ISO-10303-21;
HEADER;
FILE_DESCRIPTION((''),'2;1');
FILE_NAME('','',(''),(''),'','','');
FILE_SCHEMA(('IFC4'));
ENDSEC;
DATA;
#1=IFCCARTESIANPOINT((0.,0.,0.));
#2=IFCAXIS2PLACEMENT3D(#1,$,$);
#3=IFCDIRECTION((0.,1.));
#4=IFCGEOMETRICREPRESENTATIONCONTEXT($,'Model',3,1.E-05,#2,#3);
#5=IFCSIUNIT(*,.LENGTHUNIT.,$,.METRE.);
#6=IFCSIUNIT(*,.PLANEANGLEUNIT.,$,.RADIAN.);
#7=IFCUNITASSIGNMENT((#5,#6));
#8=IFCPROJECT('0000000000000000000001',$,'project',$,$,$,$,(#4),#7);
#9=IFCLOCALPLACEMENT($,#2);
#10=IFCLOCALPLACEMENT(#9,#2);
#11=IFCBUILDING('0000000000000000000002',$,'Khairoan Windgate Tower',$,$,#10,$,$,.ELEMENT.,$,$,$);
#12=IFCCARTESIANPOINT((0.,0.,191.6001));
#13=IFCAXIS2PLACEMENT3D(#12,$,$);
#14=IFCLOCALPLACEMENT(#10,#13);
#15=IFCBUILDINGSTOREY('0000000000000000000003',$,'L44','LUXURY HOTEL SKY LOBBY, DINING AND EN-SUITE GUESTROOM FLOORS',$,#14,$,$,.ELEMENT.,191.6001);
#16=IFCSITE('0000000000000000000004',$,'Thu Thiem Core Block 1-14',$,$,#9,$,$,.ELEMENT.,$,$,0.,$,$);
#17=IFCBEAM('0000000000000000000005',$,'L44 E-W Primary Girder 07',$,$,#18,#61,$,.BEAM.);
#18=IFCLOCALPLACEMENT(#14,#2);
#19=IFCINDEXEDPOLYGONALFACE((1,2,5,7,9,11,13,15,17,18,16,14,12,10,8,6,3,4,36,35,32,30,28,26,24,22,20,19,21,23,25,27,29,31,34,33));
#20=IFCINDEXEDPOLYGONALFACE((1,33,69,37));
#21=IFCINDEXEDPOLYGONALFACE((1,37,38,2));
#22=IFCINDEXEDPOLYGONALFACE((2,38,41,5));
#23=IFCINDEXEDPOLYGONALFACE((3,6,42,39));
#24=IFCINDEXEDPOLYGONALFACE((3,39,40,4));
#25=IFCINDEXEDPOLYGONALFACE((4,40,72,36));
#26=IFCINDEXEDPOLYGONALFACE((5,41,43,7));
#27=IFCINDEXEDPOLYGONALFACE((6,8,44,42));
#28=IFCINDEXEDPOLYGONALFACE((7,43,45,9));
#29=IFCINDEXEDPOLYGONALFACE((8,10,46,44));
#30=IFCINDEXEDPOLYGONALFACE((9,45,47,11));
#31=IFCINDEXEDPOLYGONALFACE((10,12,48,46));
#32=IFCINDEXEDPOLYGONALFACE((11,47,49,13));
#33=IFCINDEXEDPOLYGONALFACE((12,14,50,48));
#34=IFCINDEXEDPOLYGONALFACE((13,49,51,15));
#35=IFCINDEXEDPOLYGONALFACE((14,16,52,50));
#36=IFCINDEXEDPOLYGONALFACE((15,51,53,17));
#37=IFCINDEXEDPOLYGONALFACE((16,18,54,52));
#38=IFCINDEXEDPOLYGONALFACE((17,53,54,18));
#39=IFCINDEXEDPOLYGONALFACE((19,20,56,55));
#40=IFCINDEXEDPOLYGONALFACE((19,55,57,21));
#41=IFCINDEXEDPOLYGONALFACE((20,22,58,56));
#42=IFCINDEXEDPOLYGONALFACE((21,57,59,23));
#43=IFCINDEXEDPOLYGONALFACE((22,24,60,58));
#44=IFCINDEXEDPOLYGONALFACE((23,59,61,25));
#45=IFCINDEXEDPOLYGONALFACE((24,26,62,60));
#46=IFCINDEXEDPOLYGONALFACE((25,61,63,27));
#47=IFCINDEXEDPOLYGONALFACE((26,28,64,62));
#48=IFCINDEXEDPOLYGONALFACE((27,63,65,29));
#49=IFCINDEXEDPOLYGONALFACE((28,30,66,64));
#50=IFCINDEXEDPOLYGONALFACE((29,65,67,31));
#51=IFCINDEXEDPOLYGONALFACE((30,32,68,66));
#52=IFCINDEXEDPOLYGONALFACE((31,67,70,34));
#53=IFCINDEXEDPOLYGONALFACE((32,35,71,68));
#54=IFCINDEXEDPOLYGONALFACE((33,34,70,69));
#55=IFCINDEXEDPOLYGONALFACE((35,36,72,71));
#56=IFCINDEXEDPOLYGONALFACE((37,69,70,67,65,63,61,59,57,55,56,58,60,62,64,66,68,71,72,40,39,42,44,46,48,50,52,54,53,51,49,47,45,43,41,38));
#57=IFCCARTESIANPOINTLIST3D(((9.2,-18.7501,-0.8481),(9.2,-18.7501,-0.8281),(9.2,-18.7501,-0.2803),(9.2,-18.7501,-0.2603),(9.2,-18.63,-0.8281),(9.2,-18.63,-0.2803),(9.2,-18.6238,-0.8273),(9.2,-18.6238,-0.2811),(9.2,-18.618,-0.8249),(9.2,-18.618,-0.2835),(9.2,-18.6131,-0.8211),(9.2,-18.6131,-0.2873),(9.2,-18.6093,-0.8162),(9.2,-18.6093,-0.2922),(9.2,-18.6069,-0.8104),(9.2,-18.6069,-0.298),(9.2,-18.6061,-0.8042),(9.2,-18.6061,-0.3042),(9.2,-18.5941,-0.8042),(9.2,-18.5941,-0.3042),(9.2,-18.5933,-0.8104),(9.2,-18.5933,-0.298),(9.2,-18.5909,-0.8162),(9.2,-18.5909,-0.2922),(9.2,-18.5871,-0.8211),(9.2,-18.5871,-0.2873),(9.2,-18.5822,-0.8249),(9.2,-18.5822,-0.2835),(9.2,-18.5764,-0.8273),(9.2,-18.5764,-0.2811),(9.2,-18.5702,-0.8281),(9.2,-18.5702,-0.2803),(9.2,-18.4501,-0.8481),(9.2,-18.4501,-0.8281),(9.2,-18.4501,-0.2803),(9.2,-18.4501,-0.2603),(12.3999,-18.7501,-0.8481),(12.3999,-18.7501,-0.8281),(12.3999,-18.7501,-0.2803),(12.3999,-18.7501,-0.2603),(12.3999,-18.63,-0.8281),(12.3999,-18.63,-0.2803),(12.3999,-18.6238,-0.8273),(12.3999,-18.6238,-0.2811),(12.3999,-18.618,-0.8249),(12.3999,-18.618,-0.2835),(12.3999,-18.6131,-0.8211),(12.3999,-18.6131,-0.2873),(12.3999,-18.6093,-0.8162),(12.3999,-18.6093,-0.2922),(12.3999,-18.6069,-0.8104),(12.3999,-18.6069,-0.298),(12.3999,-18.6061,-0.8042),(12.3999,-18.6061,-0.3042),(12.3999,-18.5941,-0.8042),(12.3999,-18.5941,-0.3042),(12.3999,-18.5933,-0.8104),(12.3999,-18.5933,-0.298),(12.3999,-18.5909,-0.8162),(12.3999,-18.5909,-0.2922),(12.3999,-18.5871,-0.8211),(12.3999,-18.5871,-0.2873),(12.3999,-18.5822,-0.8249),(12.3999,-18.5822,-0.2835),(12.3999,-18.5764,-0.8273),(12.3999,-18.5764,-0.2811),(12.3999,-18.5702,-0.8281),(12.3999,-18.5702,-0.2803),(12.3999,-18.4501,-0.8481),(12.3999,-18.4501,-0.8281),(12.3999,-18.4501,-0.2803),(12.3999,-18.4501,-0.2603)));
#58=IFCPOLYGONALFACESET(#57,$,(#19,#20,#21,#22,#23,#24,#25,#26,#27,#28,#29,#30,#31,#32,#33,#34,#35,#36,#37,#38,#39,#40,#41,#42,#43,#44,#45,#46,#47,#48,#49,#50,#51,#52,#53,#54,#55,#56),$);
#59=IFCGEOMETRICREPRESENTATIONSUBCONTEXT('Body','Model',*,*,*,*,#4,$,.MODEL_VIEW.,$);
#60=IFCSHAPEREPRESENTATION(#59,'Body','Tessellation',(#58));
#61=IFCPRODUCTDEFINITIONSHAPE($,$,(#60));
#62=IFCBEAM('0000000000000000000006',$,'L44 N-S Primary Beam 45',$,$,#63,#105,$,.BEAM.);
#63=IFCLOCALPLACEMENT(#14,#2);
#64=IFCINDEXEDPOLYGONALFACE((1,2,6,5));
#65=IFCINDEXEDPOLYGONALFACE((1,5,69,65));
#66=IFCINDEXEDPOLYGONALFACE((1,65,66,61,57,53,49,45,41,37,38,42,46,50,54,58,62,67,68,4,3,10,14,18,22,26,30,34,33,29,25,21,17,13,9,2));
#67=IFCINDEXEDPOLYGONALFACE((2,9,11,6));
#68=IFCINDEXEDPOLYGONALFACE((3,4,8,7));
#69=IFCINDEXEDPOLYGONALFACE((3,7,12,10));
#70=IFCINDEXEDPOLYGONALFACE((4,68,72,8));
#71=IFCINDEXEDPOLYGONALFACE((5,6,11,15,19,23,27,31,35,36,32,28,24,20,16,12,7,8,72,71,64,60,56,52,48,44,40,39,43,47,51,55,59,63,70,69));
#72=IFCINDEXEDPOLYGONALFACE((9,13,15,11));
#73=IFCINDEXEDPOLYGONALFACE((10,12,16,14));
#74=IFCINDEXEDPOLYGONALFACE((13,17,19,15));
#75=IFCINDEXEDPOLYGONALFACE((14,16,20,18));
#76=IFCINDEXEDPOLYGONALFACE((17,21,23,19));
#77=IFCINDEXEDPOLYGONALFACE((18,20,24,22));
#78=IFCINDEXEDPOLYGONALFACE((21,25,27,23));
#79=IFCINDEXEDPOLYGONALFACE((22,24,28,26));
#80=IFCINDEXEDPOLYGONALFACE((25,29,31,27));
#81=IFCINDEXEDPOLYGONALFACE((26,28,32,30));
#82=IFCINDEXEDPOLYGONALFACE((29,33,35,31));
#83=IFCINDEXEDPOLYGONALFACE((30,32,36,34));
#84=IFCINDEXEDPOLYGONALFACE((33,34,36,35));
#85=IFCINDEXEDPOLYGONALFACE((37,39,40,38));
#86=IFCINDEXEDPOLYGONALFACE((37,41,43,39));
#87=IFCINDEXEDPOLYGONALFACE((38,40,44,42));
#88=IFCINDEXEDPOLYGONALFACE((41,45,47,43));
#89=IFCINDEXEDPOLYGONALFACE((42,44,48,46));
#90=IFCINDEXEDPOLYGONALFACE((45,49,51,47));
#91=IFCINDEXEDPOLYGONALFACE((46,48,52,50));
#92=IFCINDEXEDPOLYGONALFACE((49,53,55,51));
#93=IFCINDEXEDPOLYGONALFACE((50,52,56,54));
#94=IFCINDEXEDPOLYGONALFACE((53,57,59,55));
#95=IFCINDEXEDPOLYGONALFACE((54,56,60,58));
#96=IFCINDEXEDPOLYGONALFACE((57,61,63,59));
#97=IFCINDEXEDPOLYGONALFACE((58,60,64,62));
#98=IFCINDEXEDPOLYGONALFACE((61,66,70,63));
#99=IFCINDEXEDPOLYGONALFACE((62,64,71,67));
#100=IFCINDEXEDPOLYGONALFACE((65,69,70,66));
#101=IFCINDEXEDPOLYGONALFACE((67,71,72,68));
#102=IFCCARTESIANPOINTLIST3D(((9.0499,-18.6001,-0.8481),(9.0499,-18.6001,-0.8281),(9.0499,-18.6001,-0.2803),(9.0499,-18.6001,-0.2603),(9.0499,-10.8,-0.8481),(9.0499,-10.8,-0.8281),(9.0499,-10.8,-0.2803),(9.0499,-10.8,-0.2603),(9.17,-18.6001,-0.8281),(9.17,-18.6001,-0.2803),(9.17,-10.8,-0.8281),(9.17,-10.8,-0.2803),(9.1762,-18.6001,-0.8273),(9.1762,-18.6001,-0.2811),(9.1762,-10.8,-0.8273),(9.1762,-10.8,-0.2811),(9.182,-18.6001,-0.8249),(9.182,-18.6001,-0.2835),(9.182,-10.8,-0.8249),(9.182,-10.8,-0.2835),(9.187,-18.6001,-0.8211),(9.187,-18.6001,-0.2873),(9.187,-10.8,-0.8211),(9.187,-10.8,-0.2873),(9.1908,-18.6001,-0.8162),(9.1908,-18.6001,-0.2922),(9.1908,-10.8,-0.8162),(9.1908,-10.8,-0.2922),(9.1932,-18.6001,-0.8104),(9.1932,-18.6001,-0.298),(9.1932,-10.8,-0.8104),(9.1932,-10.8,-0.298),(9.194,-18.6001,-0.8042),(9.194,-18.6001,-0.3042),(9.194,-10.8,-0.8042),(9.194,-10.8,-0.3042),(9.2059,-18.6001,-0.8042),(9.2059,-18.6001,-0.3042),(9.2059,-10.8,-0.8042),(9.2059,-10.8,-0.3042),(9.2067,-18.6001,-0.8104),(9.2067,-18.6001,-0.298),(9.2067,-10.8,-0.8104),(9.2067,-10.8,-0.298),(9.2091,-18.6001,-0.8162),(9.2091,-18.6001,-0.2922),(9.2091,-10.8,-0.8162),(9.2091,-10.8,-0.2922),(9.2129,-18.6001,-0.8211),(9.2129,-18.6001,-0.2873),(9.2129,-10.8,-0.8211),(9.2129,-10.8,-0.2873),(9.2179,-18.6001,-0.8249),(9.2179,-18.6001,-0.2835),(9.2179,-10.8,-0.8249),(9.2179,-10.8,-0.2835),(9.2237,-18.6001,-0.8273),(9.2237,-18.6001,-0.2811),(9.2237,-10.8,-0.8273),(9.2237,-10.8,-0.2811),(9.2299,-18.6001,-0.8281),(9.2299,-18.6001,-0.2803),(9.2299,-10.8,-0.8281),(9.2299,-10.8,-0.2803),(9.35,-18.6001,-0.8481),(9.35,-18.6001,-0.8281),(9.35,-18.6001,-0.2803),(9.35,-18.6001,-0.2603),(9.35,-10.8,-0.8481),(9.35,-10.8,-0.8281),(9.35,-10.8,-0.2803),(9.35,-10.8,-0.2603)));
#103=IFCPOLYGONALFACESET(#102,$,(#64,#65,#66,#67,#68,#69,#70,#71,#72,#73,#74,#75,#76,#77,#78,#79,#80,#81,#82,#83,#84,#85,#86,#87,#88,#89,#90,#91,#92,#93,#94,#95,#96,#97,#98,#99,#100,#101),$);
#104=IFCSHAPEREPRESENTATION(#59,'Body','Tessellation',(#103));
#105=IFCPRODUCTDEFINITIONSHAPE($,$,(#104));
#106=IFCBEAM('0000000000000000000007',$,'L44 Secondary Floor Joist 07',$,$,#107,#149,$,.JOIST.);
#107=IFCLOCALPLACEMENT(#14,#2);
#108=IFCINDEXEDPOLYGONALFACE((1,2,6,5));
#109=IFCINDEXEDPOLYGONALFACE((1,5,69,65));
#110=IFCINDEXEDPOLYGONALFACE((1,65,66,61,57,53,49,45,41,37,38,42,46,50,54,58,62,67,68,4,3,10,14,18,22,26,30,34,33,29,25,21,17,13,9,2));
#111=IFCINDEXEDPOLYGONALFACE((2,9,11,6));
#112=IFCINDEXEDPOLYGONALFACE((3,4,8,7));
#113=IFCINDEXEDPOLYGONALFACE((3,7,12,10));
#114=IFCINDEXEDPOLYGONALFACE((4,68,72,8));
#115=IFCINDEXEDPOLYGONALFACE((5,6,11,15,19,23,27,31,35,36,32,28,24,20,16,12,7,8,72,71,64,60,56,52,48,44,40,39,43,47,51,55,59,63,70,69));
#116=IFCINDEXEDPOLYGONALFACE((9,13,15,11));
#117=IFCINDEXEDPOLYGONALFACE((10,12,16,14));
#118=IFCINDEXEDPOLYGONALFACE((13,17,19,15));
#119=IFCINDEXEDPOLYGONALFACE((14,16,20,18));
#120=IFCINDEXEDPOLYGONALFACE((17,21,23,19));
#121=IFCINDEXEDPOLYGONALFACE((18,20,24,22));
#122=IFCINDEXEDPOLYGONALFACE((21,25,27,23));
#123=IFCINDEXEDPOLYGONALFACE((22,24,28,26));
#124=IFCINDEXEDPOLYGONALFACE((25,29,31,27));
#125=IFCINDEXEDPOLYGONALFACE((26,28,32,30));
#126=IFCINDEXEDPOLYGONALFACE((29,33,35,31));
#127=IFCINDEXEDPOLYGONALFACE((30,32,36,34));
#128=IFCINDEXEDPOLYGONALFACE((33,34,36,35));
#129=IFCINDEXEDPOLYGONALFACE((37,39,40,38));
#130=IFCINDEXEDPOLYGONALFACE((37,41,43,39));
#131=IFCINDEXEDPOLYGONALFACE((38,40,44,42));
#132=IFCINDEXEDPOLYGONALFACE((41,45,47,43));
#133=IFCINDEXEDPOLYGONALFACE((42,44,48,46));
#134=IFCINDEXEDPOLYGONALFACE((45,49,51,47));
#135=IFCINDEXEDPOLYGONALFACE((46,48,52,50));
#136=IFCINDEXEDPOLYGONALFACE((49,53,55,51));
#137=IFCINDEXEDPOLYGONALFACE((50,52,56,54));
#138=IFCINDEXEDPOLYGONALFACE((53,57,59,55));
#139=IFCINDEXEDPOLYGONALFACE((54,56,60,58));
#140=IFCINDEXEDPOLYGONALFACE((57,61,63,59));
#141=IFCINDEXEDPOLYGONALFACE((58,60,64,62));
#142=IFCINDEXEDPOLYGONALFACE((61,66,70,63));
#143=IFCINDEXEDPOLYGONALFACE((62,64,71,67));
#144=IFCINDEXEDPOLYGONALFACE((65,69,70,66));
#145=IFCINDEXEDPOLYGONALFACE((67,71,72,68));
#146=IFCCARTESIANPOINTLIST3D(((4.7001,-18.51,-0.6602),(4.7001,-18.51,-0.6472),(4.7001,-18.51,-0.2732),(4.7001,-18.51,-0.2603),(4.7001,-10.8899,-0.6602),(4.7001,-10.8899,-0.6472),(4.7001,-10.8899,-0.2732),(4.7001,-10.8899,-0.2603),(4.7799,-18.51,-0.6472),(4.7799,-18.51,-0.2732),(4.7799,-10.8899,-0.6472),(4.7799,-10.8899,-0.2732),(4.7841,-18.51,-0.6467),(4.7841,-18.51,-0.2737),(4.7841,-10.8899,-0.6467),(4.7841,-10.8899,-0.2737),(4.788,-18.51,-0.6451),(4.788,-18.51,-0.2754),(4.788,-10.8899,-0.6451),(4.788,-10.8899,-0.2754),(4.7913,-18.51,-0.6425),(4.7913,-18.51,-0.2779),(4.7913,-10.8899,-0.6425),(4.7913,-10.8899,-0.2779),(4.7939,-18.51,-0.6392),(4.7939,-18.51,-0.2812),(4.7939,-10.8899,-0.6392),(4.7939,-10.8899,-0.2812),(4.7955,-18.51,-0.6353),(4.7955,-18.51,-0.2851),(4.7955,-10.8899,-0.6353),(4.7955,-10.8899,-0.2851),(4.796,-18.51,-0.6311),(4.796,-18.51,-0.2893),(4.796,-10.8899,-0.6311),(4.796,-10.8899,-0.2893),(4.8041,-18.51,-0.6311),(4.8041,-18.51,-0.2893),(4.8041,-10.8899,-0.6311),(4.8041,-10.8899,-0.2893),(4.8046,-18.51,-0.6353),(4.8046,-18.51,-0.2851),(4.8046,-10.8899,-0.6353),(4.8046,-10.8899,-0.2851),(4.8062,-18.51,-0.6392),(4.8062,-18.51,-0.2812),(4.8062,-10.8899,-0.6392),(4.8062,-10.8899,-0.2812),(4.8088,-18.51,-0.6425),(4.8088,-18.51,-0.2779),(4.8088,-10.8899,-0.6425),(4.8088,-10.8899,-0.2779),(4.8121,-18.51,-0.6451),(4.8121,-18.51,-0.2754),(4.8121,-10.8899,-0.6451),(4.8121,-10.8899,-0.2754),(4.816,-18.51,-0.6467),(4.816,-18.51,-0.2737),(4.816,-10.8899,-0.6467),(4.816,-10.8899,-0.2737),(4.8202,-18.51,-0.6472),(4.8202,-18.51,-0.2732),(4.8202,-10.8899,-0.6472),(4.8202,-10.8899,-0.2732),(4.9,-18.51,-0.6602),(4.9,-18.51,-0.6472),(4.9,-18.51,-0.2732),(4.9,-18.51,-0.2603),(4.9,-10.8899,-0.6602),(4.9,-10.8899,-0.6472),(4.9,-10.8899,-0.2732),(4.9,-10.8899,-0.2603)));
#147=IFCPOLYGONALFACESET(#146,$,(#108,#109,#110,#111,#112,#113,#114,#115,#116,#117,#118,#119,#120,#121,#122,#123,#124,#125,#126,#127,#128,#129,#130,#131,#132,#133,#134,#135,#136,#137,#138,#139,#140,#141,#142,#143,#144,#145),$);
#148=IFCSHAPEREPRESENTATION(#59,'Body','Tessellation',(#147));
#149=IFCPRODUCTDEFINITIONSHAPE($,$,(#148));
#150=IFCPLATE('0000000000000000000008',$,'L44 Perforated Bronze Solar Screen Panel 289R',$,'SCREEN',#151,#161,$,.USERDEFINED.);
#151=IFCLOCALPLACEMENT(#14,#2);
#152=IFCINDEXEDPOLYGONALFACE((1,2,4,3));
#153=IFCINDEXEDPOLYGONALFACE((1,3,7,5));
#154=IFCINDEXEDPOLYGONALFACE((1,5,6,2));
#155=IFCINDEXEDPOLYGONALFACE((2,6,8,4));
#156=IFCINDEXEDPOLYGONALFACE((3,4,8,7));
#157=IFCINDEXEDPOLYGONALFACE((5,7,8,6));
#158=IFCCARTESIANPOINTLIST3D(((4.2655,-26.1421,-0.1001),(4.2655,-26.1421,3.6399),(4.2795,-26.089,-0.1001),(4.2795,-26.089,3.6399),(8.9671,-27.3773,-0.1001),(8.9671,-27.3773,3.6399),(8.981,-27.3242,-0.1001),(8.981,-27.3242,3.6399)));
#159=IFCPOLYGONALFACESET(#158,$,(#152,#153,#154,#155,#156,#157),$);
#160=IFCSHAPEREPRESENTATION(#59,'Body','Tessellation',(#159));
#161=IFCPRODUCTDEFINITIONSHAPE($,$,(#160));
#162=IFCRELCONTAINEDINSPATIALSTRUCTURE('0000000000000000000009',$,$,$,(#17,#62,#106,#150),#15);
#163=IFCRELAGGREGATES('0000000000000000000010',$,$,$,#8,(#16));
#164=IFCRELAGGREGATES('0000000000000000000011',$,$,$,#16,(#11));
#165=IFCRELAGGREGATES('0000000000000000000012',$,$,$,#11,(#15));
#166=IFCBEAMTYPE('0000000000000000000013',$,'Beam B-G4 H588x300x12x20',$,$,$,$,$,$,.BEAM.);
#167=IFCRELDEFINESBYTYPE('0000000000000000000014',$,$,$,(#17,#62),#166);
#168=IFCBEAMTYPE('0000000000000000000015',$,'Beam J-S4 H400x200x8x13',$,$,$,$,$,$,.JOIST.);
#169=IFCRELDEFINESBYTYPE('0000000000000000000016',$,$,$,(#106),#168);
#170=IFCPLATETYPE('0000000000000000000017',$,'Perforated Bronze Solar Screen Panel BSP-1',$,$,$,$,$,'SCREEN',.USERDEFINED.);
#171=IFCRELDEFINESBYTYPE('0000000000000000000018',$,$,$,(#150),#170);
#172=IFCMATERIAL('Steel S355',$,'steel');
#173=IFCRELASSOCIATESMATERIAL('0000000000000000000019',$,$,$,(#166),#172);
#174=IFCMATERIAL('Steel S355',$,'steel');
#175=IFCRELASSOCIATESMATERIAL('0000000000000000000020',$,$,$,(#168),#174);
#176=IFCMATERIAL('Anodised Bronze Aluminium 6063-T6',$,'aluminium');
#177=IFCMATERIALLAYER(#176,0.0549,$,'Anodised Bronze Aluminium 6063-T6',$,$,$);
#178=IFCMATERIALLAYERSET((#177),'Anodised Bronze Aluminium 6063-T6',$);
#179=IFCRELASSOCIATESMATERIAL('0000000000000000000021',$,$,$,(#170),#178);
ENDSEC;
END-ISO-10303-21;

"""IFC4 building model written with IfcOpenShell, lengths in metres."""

from ifc_helpers import new_model, si_unit, direction, frame, origin, origin_2d, place, context, subcontext, project, spatial, rectangle, i_section, extrude, material, layer, layer_set, material_profile, profile_set, type_object, element, save


model = new_model("IFC4")

# Units and contexts
model_context = context("Model", 3, precision=1e-05, world=origin(), true_north=direction((0.0, 1.0)))
body_context = subcontext(model_context, "Body", "Model", "MODEL_VIEW")
ifc_project = project(units=[si_unit("LENGTHUNIT", "METRE"), si_unit("PLANEANGLEUNIT", "RADIAN")], contexts=[model_context])

# Site, building, storey
site_placement = place(None, origin())
site = spatial("IfcSite", under=ifc_project, at=site_placement, Name="Thu Thiem Core Block 1-14", CompositionType="ELEMENT", RefElevation=0.0)
building_placement = place(site_placement, origin())
building = spatial("IfcBuilding", under=site, at=building_placement, Name="Khairoan Windgate Tower", CompositionType="ELEMENT")
storey_placement = place(building_placement, frame((0.0, 0.0, 191.6001)))
storey = spatial("IfcBuildingStorey", under=building, at=storey_placement, Name="L44", Description="LUXURY HOTEL SKY LOBBY, DINING AND EN-SUITE GUESTROOM FLOORS", CompositionType="ELEMENT", Elevation=191.6001)

# Beams
ifc_material_1 = material(Name="Steel S355", Category="steel")
ifc_material_profile_1 = material_profile(ifc_material_1, i_section(OverallWidth=0.3, OverallDepth=0.5879, WebThickness=0.012, FlangeThickness=0.02, FilletRadius=0.0239, at=origin_2d()))
ifc_profile_set_1 = profile_set([ifc_material_profile_1], Name="Steel S355")
beam_type_1 = type_object("IfcBeamType", Name="Beam B-G4 H588x300x12x20", PredefinedType="BEAM", material=ifc_profile_set_1)
beam_1_placement = place(storey_placement, frame((9.2, -18.6001, -0.5542), z_axis=(1.0, 0.0, 0.0), x_axis=(0.0, 1.0, 0.0)))
element("IfcBeam", 1, at=beam_1_placement, inside=storey, type_object=beam_type_1, Name="L44 E-W Primary Girder 07", PredefinedType="BEAM", context=body_context, shape_type="SweptSolid", body=[
    extrude(i_section(OverallWidth=0.3, OverallDepth=0.5879, WebThickness=0.012, FlangeThickness=0.02, FilletRadius=0.0239, at=origin_2d()), origin(), (0.0, 0.0, 1.0), 3.2),
])
beam_2_placement = place(storey_placement, frame((9.2, -18.6001, -0.5542), z_axis=(0.0, 1.0, 0.0), x_axis=(-1.0, 0.0, 0.0)))
element("IfcBeam", 2, at=beam_2_placement, inside=storey, type_object=beam_type_1, Name="L44 N-S Primary Beam 45", PredefinedType="BEAM", context=body_context, shape_type="SweptSolid", body=[
    extrude(i_section(OverallWidth=0.3, OverallDepth=0.5879, WebThickness=0.012, FlangeThickness=0.02, FilletRadius=0.0239, at=origin_2d()), origin(), (0.0, 0.0, 1.0), 7.8),
])
ifc_material_2 = material(Name="Steel S355", Category="steel")
ifc_material_profile_2 = material_profile(ifc_material_2, i_section(OverallWidth=0.2, OverallDepth=0.3999, WebThickness=0.0081, FlangeThickness=0.0129, FilletRadius=0.0161, at=origin_2d()))
ifc_profile_set_2 = profile_set([ifc_material_profile_2], Name="Steel S355")
beam_type_2 = type_object("IfcBeamType", Name="Beam J-S4 H400x200x8x13", PredefinedType="JOIST", material=ifc_profile_set_2)
beam_3_placement = place(storey_placement, frame((4.8, -18.51, -0.4602), z_axis=(0.0, 1.0, 0.0), x_axis=(-1.0, 0.0, 0.0)))
element("IfcBeam", 3, at=beam_3_placement, inside=storey, type_object=beam_type_2, Name="L44 Secondary Floor Joist 07", PredefinedType="JOIST", context=body_context, shape_type="SweptSolid", body=[
    extrude(i_section(OverallWidth=0.2, OverallDepth=0.3999, WebThickness=0.0081, FlangeThickness=0.0129, FilletRadius=0.0161, at=origin_2d()), origin(), (0.0, 0.0, 1.0), 7.6201),
])

# Plate
ifc_material_3 = material(Name="Anodised Bronze Aluminium 6063-T6", Category="aluminium")
ifc_layer_1 = layer(ifc_material_3, 0.0549, Name="Anodised Bronze Aluminium 6063-T6")
ifc_layer_set_1 = layer_set([ifc_layer_1], Name="Anodised Bronze Aluminium 6063-T6")
plate_type = type_object("IfcPlateType", Name="Perforated Bronze Solar Screen Panel BSP-1", ElementType="SCREEN", PredefinedType="USERDEFINED", material=ifc_layer_set_1)
plate_placement = place(storey_placement, frame((6.6233, -26.7332, -0.1001), z_axis=(0.0, 0.0, 1.0), x_axis=(-0.967179, 0.254096, 0.0)))
element("IfcPlate", 4, at=plate_placement, inside=storey, type_object=plate_type, Name="L44 Perforated Bronze Solar Screen Panel 289R", ObjectType="SCREEN", PredefinedType="USERDEFINED", context=body_context, shape_type="SweptSolid", body=[
    extrude(rectangle(XDim=4.8611, YDim=0.0549, at=origin_2d()), origin(), (0.0, 0.0, 1.0), 3.74),
])

save(model, "model.ifc")
